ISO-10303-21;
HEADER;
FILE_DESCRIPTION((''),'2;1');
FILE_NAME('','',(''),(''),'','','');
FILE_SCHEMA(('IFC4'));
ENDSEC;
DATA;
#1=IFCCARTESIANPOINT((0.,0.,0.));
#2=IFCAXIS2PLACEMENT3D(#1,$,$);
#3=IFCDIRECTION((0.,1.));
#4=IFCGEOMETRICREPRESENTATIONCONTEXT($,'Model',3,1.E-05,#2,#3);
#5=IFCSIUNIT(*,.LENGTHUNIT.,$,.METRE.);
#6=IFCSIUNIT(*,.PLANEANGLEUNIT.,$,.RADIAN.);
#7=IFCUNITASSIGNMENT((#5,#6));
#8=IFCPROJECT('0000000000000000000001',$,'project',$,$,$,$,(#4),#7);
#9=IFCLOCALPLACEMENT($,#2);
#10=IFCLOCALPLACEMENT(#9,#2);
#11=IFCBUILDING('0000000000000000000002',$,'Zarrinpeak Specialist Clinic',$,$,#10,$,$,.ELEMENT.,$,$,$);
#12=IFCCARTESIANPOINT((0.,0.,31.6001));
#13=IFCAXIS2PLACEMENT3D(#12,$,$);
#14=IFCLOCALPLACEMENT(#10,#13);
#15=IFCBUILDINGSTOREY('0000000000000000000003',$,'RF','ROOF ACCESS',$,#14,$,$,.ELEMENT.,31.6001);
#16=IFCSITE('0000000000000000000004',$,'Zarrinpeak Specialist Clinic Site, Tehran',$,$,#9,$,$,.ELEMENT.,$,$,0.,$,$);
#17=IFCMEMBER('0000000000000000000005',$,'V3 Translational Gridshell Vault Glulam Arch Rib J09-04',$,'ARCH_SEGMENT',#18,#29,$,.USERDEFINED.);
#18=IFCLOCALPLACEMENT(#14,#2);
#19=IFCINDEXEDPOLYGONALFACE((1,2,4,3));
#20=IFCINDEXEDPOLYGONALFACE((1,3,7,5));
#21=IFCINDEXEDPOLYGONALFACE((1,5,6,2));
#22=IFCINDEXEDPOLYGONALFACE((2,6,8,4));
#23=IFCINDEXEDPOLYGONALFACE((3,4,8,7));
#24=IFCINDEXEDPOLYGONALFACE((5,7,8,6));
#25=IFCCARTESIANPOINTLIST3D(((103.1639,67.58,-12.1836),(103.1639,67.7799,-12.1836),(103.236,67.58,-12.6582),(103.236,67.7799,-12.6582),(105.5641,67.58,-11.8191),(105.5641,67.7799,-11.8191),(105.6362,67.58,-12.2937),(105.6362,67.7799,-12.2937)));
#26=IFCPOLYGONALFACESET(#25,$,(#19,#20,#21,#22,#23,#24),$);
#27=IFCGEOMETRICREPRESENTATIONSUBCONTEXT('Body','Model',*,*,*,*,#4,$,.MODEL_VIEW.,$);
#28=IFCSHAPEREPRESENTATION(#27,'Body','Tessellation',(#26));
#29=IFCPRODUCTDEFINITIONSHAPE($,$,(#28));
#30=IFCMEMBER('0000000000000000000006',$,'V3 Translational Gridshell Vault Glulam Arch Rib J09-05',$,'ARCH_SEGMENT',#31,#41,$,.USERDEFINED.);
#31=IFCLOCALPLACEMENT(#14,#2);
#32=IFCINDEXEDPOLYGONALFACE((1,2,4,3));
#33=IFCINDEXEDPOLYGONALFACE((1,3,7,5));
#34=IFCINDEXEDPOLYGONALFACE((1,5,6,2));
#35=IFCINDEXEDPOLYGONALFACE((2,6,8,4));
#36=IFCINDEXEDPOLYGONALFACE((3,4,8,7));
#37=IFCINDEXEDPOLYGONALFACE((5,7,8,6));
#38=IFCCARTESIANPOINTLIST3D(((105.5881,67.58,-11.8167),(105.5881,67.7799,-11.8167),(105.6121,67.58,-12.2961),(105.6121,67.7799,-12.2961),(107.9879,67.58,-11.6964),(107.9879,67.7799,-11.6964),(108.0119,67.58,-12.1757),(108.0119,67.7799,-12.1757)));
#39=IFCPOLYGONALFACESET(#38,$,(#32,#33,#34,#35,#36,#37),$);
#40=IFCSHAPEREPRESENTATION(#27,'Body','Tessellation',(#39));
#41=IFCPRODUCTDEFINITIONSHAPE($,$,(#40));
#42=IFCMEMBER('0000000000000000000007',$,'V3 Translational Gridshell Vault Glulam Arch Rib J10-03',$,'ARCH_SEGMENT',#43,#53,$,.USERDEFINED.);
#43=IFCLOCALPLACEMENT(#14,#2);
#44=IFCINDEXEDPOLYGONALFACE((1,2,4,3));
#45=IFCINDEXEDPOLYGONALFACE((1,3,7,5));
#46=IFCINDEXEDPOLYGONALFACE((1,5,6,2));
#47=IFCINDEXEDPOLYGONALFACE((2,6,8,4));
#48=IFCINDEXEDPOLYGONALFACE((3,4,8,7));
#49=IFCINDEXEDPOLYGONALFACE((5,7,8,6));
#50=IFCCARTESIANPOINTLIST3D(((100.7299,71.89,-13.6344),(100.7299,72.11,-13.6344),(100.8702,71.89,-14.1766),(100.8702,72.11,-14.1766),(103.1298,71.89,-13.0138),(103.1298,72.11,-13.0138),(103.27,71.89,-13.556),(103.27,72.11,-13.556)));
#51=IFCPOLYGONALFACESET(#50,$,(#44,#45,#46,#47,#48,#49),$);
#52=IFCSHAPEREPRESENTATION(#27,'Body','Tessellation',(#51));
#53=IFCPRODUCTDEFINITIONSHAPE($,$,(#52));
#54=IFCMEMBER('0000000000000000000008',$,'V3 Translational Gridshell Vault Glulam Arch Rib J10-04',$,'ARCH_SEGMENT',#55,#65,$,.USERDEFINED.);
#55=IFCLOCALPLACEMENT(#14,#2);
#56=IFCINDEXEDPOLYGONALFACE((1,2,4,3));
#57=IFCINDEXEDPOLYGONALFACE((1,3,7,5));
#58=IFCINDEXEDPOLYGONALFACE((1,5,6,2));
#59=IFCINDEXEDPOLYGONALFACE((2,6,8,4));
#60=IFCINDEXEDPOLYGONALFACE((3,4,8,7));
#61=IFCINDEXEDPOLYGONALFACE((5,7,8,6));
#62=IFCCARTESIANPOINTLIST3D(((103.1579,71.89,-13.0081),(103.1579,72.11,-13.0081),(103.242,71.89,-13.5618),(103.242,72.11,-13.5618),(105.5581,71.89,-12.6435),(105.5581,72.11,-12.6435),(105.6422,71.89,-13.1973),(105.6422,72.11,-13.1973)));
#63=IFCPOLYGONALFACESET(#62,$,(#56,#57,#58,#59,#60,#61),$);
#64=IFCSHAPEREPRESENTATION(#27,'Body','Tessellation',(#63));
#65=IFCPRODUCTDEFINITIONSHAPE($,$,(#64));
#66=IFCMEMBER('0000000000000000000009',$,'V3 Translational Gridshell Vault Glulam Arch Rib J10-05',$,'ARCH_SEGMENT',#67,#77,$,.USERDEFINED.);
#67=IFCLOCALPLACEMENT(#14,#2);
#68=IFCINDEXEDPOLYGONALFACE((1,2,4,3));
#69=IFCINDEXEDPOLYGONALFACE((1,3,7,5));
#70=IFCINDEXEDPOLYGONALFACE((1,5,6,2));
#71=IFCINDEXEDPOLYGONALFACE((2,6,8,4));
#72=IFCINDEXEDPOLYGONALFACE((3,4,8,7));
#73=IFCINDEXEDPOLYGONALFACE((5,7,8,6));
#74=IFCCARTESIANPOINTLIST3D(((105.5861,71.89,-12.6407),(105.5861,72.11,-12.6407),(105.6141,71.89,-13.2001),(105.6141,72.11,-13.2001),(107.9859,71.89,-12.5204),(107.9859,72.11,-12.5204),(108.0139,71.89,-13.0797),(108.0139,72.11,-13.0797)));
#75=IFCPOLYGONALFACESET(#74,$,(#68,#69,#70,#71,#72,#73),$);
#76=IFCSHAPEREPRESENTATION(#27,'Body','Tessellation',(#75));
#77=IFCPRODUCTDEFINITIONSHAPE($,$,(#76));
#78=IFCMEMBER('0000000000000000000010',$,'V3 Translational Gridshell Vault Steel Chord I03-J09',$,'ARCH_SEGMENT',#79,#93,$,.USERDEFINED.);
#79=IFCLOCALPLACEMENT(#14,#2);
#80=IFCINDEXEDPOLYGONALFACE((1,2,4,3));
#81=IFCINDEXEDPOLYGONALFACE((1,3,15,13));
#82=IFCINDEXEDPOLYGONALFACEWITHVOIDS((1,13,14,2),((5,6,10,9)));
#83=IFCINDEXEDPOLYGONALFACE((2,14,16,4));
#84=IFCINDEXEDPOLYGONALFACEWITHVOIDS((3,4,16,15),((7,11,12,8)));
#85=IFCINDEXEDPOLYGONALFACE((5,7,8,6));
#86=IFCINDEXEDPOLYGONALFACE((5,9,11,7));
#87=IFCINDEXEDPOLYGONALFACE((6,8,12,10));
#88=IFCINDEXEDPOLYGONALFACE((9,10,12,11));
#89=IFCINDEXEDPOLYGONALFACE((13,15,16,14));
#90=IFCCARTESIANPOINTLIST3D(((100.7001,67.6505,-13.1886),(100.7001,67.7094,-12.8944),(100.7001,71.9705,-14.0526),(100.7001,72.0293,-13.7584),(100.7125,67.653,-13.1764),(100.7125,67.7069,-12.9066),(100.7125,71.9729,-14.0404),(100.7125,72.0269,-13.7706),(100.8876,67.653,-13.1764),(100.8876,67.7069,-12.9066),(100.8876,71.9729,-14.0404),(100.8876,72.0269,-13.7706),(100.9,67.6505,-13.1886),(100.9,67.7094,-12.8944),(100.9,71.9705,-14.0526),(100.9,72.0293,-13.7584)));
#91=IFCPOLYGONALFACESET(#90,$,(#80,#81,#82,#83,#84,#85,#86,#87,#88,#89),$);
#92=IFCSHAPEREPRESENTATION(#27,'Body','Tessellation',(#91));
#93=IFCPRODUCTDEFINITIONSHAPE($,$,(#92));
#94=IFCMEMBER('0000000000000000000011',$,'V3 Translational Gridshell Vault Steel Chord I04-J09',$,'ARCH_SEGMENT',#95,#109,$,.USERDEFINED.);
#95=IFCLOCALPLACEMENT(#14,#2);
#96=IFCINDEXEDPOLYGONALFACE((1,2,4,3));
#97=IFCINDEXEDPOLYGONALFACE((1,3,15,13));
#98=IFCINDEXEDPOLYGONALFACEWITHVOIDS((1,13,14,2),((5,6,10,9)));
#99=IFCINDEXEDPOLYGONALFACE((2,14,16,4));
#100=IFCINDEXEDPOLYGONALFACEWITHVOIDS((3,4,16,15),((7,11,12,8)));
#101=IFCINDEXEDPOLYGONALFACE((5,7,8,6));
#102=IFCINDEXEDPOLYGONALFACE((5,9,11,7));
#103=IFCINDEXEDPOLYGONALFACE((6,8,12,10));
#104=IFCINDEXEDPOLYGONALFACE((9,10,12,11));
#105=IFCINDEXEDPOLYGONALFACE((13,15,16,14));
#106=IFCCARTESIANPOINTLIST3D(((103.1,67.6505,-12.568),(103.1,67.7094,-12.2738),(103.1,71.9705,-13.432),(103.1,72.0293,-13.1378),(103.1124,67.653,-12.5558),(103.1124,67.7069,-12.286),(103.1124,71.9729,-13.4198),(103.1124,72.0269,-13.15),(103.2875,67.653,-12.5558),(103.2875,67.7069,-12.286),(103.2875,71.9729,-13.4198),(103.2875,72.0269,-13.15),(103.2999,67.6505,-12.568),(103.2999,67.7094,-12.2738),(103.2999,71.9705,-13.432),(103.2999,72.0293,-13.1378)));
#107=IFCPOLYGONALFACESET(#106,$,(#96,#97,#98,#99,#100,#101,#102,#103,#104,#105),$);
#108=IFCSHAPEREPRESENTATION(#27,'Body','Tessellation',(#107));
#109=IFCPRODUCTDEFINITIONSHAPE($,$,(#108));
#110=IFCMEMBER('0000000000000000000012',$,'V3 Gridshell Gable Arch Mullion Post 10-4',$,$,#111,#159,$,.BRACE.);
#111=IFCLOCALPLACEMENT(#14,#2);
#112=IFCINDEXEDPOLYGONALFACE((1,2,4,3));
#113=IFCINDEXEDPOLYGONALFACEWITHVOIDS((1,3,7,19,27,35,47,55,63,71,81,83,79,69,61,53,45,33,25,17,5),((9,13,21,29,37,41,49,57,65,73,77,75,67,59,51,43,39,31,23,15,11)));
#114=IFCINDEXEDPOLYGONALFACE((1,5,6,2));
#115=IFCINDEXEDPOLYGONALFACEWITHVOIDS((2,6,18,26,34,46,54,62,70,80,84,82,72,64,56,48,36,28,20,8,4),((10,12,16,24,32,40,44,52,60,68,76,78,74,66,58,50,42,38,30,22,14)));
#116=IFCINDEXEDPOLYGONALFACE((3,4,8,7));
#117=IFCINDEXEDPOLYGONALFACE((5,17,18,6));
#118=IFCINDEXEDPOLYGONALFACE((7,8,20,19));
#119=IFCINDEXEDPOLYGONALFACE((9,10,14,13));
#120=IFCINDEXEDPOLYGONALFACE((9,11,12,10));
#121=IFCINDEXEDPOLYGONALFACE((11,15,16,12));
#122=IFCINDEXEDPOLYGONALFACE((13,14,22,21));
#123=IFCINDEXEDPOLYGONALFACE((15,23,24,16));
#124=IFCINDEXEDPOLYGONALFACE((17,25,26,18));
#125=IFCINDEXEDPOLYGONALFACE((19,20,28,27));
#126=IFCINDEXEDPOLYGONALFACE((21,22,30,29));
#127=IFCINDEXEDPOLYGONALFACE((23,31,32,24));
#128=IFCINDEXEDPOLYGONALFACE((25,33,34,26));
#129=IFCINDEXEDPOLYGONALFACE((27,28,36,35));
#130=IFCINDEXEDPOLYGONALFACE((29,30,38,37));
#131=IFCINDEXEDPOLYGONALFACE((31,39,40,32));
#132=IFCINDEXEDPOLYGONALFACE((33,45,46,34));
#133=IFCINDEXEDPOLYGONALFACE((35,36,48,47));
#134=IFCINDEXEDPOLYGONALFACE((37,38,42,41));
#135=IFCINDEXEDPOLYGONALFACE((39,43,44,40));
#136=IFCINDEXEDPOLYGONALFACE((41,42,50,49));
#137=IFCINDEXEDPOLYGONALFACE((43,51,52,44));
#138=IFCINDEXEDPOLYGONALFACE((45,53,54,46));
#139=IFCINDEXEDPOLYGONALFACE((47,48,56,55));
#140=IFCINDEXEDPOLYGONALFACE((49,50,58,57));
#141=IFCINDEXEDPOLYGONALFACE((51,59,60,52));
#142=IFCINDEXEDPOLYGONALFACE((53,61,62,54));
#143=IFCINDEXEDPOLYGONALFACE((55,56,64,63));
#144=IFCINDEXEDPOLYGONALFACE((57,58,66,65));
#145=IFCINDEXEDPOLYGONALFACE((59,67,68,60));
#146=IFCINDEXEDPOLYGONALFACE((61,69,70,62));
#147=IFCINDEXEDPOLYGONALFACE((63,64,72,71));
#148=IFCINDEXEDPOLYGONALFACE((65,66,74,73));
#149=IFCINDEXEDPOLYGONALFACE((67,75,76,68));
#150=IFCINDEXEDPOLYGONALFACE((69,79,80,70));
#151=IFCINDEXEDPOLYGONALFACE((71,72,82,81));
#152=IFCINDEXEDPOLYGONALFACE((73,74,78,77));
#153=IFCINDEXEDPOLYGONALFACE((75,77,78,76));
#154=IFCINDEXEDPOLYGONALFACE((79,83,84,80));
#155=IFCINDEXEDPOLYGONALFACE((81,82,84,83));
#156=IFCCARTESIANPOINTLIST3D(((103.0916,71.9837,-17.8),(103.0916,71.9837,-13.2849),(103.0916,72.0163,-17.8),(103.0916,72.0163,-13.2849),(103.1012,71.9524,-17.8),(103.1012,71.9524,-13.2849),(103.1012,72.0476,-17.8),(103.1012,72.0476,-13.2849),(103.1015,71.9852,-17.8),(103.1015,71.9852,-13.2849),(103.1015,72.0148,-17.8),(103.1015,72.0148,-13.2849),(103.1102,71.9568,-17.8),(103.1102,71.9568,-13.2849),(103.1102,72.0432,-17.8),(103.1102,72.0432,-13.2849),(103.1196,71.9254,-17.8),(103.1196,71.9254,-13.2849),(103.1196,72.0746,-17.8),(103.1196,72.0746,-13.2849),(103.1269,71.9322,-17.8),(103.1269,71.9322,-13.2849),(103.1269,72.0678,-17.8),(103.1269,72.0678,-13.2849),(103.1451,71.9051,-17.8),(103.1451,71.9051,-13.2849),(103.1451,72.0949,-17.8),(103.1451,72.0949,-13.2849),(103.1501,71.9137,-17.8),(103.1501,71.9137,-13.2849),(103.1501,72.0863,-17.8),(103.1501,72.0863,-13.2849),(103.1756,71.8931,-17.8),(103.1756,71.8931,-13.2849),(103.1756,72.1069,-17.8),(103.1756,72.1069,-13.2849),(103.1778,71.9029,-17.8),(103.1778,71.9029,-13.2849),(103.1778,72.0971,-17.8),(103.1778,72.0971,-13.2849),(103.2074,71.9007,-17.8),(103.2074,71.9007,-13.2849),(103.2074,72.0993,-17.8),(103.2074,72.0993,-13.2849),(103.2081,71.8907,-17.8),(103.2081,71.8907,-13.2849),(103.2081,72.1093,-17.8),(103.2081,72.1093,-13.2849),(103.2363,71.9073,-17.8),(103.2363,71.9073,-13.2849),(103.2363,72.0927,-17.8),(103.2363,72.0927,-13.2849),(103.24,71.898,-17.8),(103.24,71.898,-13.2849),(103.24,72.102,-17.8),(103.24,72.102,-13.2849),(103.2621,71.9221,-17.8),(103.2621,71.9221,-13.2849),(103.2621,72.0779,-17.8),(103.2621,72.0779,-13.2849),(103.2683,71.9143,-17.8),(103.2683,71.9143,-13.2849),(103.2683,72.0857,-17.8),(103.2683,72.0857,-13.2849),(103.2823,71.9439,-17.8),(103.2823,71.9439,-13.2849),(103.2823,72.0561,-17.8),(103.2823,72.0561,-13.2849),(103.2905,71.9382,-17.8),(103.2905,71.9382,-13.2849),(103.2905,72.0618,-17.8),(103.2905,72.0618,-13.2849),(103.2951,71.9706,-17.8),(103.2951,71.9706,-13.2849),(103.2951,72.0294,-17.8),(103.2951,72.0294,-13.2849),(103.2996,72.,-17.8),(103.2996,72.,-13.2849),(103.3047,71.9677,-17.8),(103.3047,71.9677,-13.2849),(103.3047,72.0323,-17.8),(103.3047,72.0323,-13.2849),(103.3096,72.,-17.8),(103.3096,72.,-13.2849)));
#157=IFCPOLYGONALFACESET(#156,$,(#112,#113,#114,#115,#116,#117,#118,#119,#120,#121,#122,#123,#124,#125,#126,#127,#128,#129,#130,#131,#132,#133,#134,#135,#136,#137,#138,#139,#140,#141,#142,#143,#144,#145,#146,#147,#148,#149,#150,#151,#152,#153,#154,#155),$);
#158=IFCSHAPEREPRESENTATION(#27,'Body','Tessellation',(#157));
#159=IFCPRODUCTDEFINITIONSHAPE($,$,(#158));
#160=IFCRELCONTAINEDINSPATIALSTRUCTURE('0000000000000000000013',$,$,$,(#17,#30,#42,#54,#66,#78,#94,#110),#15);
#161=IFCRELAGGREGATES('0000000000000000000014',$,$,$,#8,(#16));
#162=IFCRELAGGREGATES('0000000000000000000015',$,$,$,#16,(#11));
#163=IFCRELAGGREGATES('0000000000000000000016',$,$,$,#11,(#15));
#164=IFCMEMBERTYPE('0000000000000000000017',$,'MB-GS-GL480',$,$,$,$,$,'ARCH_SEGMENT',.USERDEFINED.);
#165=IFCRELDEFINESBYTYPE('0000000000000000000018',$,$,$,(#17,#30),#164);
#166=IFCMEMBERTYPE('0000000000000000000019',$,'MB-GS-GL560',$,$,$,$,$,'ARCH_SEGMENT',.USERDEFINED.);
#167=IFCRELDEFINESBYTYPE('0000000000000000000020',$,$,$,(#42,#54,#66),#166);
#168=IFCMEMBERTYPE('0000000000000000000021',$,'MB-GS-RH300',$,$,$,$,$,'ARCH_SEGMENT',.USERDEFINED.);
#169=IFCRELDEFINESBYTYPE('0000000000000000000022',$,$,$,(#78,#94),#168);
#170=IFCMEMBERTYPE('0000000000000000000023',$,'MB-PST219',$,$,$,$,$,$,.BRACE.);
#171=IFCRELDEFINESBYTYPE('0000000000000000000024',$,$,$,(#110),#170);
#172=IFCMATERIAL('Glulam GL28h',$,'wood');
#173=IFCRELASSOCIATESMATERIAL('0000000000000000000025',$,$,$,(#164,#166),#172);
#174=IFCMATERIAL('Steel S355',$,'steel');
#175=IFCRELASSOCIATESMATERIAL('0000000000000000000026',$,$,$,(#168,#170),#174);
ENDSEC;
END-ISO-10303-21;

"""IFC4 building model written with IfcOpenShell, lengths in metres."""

from ifc_helpers import new_model, si_unit, direction, frame, origin, origin_2d, place, context, subcontext, project, spatial, rectangle, hollow_rectangle, hollow_circle, extrude, material, material_profile, profile_set, type_object, element, save


model = new_model("IFC4")

# Units and contexts
model_context = context("Model", 3, precision=1e-05, world=origin(), true_north=direction((0.0, 1.0)))
body_context = subcontext(model_context, "Body", "Model", "MODEL_VIEW")
ifc_project = project(units=[si_unit("LENGTHUNIT", "METRE"), si_unit("PLANEANGLEUNIT", "RADIAN")], contexts=[model_context])

# Site, building, storey
site_placement = place(None, origin())
site = spatial("IfcSite", under=ifc_project, at=site_placement, Name="Zarrinpeak Specialist Clinic Site, Tehran", CompositionType="ELEMENT", RefElevation=0.0)
building_placement = place(site_placement, origin())
building = spatial("IfcBuilding", under=site, at=building_placement, Name="Zarrinpeak Specialist Clinic", CompositionType="ELEMENT")
storey_placement = place(building_placement, frame((0.0, 0.0, 31.6001)))
storey = spatial("IfcBuildingStorey", under=building, at=storey_placement, Name="RF", Description="ROOF ACCESS", CompositionType="ELEMENT", Elevation=31.6001)

# Members
ifc_material_1 = material(Name="Steel S355", Category="steel")
ifc_material_2 = material(Name="Glulam GL28h", Category="wood")
ifc_material_profile_1 = material_profile(ifc_material_2, rectangle(XDim=0.2, YDim=0.48, at=origin_2d()), Name="GL28h 200x480")
ifc_profile_set_1 = profile_set([ifc_material_profile_1], Name="Glulam GL28h")
member_type_1 = type_object("IfcMemberType", Name="MB-GS-GL480", ElementType="ARCH_SEGMENT", PredefinedType="USERDEFINED", material=ifc_profile_set_1)
member_1_placement = place(storey_placement, frame((103.2, 67.6799, -12.4209), z_axis=(0.988664, 0.0, 0.150145), x_axis=(0.0, 1.0, 0.0)))
element("IfcMember", 1, at=member_1_placement, inside=storey, type_object=member_type_1, Name="V3 Translational Gridshell Vault Glulam Arch Rib J09-04", ObjectType="ARCH_SEGMENT", PredefinedType="USERDEFINED", context=body_context, shape_type="SweptSolid", body=[
    extrude(rectangle(XDim=0.2, YDim=0.48, at=origin_2d()), origin(), (0.0, 0.0, 1.0), 2.4277),
])
member_2_placement = place(storey_placement, frame((105.6001, 67.6799, -12.0564), z_axis=(0.998745, 0.0, 0.05009), x_axis=(0.0, 1.0, 0.0)))
element("IfcMember", 2, at=member_2_placement, inside=storey, type_object=member_type_1, Name="V3 Translational Gridshell Vault Glulam Arch Rib J09-05", ObjectType="ARCH_SEGMENT", PredefinedType="USERDEFINED", context=body_context, shape_type="SweptSolid", body=[
    extrude(rectangle(XDim=0.2, YDim=0.48, at=origin_2d()), origin(), (0.0, 0.0, 1.0), 2.4028),
])
ifc_material_profile_2 = material_profile(ifc_material_2, rectangle(XDim=0.22, YDim=0.5601, at=origin_2d()), Name="GL28h 220x560")
ifc_profile_set_2 = profile_set([ifc_material_profile_2], Name="Glulam GL28h")
member_type_2 = type_object("IfcMemberType", Name="MB-GS-GL560", ElementType="ARCH_SEGMENT", PredefinedType="USERDEFINED", material=ifc_profile_set_2)
member_3_placement = place(storey_placement, frame((100.8, 72.0, -13.9055), z_axis=(0.968153, 0.0, 0.250361), x_axis=(0.0, 1.0, 0.0)))
element("IfcMember", 3, at=member_3_placement, inside=storey, type_object=member_type_2, Name="V3 Translational Gridshell Vault Glulam Arch Rib J10-03", ObjectType="ARCH_SEGMENT", PredefinedType="USERDEFINED", context=body_context, shape_type="SweptSolid", body=[
    extrude(rectangle(XDim=0.22, YDim=0.5601, at=origin_2d()), origin(), (0.0, 0.0, 1.0), 2.4788),
])
member_4_placement = place(storey_placement, frame((103.2, 72.0, -13.2849), z_axis=(0.988664, 0.0, 0.150145), x_axis=(0.0, 1.0, 0.0)))
element("IfcMember", 4, at=member_4_placement, inside=storey, type_object=member_type_2, Name="V3 Translational Gridshell Vault Glulam Arch Rib J10-04", ObjectType="ARCH_SEGMENT", PredefinedType="USERDEFINED", context=body_context, shape_type="SweptSolid", body=[
    extrude(rectangle(XDim=0.22, YDim=0.5601, at=origin_2d()), origin(), (0.0, 0.0, 1.0), 2.4277),
])
member_5_placement = place(storey_placement, frame((105.6001, 72.0, -12.9204), z_axis=(0.998745, 0.0, 0.05009), x_axis=(0.0, 1.0, 0.0)))
element("IfcMember", 5, at=member_5_placement, inside=storey, type_object=member_type_2, Name="V3 Translational Gridshell Vault Glulam Arch Rib J10-05", ObjectType="ARCH_SEGMENT", PredefinedType="USERDEFINED", context=body_context, shape_type="SweptSolid", body=[
    extrude(rectangle(XDim=0.22, YDim=0.5601, at=origin_2d()), origin(), (0.0, 0.0, 1.0), 2.4028),
])
ifc_material_profile_3 = material_profile(ifc_material_1, hollow_rectangle(XDim=0.2, YDim=0.3, WallThickness=0.0125, at=origin_2d()), Name="RHS 300x200x12.5")
ifc_profile_set_3 = profile_set([ifc_material_profile_3], Name="Steel S355")
member_type_3 = type_object("IfcMemberType", Name="MB-GS-RH300", ElementType="ARCH_SEGMENT", PredefinedType="USERDEFINED", material=ifc_profile_set_3)
for number, where, z_axis, x_axis, name in (
    (6, (100.8, 67.6799, -13.0415), (0.0, 0.980581, -0.196116), (-1.0, 0.0, 0.0), "V3 Translational Gridshell Vault Steel Chord I03-J09"),
    (7, (103.2, 67.6799, -12.4209), (0.0, 0.980581, -0.196116), (-1.0, 0.0, 0.0), "V3 Translational Gridshell Vault Steel Chord I04-J09"),
):
    element("IfcMember", number, at=place(storey_placement, frame(where, z_axis=z_axis, x_axis=x_axis)), inside=storey, type_object=member_type_3, Name=name, ObjectType="ARCH_SEGMENT", PredefinedType="USERDEFINED", context=body_context, shape_type="SweptSolid", body=[
        extrude(hollow_rectangle(XDim=0.2, YDim=0.3, WallThickness=0.0125, at=origin_2d()), origin(), (0.0, 0.0, 1.0), 4.4055),
    ])
ifc_material_profile_4 = material_profile(ifc_material_1, hollow_circle(Radius=0.1096, WallThickness=0.01, at=origin_2d()), Name="CHS 219.1x10.0")
ifc_profile_set_4 = profile_set([ifc_material_profile_4], Name="Steel S355")
member_type_4 = type_object("IfcMemberType", Name="MB-PST219", PredefinedType="BRACE", material=ifc_profile_set_4)
member_6_placement = place(storey_placement, frame((103.2, 72.0, -17.8), z_axis=(0.0, 0.0, 1.0), x_axis=(1.0, 0.0, 0.0)))
element("IfcMember", 8, at=member_6_placement, inside=storey, type_object=member_type_4, Name="V3 Gridshell Gable Arch Mullion Post 10-4", PredefinedType="BRACE", context=body_context, shape_type="SweptSolid", body=[
    extrude(hollow_circle(Radius=0.1096, WallThickness=0.01, at=origin_2d()), origin(), (0.0, 0.0, 1.0), 4.5151),
])

save(model, "model.ifc")
